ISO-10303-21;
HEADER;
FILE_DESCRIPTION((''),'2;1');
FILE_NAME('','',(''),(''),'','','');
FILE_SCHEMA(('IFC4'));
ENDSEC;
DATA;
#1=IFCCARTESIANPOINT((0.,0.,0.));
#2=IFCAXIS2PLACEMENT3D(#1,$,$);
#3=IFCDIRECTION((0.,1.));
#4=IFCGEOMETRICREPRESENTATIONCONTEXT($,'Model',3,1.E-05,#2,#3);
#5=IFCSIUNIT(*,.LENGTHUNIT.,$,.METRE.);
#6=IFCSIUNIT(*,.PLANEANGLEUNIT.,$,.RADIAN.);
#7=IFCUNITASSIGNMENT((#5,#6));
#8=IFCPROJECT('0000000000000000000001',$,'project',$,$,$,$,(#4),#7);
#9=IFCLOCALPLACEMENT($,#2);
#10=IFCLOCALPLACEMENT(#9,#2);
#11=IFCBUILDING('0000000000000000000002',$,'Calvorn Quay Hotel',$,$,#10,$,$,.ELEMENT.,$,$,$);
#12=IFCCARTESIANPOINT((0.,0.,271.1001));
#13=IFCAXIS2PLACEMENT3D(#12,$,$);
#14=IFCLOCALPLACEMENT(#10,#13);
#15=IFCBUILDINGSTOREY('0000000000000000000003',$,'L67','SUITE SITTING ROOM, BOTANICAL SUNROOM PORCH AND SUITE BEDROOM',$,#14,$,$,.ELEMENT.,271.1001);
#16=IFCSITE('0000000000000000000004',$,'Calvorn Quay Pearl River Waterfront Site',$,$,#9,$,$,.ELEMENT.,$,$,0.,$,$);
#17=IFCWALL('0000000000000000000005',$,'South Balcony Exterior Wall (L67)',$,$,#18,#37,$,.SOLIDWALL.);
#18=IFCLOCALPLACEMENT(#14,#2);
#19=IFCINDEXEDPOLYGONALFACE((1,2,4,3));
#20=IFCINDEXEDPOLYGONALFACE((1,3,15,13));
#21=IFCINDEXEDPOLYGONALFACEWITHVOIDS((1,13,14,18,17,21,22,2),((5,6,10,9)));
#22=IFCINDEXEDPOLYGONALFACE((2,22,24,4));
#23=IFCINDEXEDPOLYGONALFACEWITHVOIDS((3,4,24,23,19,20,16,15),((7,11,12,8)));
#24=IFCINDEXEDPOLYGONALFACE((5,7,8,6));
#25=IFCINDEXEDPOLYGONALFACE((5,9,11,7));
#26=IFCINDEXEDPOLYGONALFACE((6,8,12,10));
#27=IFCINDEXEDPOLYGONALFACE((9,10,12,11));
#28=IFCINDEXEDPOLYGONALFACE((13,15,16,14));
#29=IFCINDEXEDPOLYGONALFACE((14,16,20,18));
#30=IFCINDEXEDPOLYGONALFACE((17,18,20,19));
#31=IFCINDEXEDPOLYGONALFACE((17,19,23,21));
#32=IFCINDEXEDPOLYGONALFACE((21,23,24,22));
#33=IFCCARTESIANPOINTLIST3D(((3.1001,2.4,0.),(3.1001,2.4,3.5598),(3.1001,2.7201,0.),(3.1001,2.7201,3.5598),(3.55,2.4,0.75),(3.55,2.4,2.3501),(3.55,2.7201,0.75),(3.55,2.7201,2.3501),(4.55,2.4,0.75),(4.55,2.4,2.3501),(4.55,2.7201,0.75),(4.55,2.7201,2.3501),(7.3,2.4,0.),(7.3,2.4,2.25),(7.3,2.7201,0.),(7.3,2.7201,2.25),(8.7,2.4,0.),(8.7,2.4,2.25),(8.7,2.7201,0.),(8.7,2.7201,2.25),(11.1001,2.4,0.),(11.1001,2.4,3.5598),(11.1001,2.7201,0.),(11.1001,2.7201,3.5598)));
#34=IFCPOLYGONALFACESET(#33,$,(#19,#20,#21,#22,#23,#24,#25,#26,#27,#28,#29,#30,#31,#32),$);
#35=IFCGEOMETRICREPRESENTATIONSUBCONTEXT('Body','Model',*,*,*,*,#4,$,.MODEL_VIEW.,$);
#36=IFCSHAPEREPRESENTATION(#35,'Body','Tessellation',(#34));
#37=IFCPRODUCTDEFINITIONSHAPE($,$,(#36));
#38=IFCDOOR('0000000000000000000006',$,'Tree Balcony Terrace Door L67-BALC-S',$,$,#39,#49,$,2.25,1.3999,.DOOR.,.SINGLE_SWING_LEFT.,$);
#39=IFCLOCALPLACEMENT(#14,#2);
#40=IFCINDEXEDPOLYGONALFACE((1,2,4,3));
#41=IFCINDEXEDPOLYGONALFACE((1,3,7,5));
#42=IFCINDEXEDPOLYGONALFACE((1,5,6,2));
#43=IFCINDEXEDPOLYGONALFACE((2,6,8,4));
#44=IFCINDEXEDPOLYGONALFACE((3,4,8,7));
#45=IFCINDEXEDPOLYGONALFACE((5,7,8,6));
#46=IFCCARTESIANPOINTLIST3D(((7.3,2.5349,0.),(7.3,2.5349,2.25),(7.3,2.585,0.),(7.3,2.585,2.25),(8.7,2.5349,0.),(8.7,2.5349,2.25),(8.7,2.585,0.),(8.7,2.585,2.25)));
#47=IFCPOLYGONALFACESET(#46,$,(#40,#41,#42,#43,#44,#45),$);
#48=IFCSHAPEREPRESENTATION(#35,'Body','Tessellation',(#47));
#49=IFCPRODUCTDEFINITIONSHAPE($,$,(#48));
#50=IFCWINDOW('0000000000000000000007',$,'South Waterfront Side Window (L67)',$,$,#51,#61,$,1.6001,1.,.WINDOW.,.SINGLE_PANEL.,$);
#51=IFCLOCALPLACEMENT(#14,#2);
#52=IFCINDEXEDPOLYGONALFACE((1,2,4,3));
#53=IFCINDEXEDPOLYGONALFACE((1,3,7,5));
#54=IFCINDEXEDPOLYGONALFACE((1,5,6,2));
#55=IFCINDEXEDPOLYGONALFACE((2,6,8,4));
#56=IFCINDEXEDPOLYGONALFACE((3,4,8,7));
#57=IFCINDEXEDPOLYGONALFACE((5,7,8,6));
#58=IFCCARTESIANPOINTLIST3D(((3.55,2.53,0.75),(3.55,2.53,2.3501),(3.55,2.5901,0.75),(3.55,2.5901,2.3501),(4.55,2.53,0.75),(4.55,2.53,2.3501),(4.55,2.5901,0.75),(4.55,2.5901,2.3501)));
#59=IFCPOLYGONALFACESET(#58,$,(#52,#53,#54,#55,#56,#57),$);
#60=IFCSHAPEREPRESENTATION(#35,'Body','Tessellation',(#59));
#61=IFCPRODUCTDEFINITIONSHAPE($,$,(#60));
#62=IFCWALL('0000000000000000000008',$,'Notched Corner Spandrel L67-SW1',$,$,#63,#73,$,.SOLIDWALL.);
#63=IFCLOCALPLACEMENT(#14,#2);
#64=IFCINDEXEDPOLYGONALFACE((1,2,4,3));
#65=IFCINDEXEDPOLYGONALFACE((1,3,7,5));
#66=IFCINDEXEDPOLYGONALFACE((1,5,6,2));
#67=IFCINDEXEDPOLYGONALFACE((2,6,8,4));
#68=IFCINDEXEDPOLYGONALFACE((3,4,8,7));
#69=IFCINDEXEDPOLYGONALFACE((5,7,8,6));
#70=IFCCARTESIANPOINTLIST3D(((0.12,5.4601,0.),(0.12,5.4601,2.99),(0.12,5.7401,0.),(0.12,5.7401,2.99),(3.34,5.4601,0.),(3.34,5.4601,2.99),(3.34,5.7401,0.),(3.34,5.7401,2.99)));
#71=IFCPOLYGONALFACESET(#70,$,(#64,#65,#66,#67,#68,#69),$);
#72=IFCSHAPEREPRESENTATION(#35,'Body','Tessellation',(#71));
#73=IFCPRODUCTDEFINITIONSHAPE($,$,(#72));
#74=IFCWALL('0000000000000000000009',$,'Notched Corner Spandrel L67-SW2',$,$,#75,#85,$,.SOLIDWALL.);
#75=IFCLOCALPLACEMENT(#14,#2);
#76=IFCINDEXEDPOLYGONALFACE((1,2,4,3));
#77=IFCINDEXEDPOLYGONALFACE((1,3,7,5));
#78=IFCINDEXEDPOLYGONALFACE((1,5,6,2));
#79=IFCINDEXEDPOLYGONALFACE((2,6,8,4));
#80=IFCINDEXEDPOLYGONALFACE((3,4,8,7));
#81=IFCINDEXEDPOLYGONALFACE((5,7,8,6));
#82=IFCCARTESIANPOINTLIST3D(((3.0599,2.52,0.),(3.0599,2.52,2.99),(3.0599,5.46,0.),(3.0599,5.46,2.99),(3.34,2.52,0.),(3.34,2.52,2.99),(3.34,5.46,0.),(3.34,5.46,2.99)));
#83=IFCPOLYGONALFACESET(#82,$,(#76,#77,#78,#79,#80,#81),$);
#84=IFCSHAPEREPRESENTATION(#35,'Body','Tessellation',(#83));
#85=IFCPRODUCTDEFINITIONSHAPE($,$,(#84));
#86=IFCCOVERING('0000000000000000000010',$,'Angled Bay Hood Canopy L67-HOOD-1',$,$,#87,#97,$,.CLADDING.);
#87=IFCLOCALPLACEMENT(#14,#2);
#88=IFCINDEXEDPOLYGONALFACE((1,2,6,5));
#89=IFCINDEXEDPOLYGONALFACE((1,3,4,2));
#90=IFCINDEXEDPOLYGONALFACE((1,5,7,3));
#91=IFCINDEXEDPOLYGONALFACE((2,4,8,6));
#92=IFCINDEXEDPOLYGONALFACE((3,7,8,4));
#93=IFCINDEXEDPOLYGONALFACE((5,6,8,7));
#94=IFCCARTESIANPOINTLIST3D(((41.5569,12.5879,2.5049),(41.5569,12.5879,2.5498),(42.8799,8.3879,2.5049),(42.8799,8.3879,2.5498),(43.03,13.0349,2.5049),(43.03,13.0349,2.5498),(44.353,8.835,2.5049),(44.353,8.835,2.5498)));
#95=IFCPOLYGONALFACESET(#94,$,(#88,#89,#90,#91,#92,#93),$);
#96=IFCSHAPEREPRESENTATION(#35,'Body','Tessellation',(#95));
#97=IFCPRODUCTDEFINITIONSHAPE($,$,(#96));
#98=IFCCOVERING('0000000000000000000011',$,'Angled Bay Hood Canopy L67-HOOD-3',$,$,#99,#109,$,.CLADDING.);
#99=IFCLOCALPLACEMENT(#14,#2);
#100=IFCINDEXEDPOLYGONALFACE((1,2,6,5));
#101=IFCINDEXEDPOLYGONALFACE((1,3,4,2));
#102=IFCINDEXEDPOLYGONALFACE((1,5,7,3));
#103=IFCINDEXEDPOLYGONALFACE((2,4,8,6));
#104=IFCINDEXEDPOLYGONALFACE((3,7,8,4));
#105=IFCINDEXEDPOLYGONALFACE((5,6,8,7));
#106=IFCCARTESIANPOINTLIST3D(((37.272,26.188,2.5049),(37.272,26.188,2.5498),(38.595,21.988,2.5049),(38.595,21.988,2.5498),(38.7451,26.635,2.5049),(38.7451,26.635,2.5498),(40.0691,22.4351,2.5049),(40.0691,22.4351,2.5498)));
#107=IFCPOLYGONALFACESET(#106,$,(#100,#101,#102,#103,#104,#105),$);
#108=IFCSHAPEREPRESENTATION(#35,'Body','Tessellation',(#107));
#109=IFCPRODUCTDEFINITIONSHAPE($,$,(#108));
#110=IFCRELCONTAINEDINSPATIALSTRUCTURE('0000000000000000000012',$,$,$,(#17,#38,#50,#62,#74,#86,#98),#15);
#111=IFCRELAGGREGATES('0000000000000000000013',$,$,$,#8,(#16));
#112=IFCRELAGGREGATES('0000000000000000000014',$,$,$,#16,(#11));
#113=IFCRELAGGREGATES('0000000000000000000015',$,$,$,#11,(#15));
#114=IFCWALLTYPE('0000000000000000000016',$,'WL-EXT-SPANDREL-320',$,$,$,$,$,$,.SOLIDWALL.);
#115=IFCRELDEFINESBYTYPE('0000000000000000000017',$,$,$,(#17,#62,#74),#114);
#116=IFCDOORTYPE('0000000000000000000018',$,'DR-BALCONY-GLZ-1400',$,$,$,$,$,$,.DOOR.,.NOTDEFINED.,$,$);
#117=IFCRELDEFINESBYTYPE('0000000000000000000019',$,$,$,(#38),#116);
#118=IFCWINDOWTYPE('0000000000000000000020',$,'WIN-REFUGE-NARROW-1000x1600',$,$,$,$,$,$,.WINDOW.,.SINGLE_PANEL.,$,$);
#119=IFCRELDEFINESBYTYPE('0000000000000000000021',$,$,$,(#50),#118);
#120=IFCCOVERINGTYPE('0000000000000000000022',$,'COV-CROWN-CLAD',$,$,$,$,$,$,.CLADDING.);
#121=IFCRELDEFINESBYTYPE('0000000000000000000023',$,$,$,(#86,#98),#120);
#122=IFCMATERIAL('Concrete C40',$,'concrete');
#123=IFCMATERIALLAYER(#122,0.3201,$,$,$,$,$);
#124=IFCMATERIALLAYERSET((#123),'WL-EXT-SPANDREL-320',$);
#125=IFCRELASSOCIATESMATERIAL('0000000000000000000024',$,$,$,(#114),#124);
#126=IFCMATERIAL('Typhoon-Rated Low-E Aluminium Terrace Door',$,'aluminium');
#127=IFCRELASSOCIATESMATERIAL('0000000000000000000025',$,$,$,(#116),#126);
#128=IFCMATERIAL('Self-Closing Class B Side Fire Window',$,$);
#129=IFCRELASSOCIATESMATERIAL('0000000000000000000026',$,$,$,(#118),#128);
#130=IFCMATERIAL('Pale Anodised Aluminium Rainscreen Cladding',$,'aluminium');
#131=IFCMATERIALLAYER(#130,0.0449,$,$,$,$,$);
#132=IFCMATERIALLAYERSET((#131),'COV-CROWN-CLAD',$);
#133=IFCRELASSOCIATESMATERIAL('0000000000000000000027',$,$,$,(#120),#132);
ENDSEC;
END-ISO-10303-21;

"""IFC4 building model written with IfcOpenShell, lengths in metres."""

from ifc_helpers import new_model, si_unit, direction, frame, frame_2d, origin, place, context, subcontext, project, spatial, polyline, rectangle, outline, extrude, material, layer, layer_set, type_object, element, fill, save


model = new_model("IFC4")

# Units and contexts
model_context = context("Model", 3, precision=1e-05, world=origin(), true_north=direction((0.0, 1.0)))
body_context = subcontext(model_context, "Body", "Model", "MODEL_VIEW")
ifc_project = project(units=[si_unit("LENGTHUNIT", "METRE"), si_unit("PLANEANGLEUNIT", "RADIAN")], contexts=[model_context])

# Site, building, storey
site_placement = place(None, origin())
site = spatial("IfcSite", under=ifc_project, at=site_placement, Name="Calvorn Quay Pearl River Waterfront Site", CompositionType="ELEMENT", RefElevation=0.0)
building_placement = place(site_placement, origin())
building = spatial("IfcBuilding", under=site, at=building_placement, Name="Calvorn Quay Hotel", CompositionType="ELEMENT")
storey_placement = place(building_placement, frame((0.0, 0.0, 271.1001)))
storey = spatial("IfcBuildingStorey", under=building, at=storey_placement, Name="L67", Description="SUITE SITTING ROOM, BOTANICAL SUNROOM PORCH AND SUITE BEDROOM", CompositionType="ELEMENT", Elevation=271.1001)

# Wall, openings, door, window
ifc_material_1 = material(Name="Concrete C40", Category="concrete")
ifc_layer_1 = layer(ifc_material_1, 0.3201)
ifc_layer_set_1 = layer_set([ifc_layer_1], Name="WL-EXT-SPANDREL-320")
wall_type = type_object("IfcWallType", Name="WL-EXT-SPANDREL-320", PredefinedType="SOLIDWALL", material=ifc_layer_set_1)
wall_1_placement = place(storey_placement, frame((3.1001, 2.5601, 0.0), z_axis=(0.0, 0.0, 1.0), x_axis=(1.0, 0.0, 0.0)))
wall_1 = element("IfcWall", 1, at=wall_1_placement, inside=storey, type_object=wall_type, Name="South Balcony Exterior Wall (L67)", PredefinedType="SOLIDWALL", context=body_context, shape_type="SweptSolid", body=[
    extrude(rectangle(XDim=8.0, YDim=0.3201, at=frame_2d((4.0, 0.0))), origin(), (0.0, 0.0, 1.0), 3.5598),
])
opening_1_placement = place(wall_1_placement, frame((0.45, 0.0, 0.75)))
opening_1 = element("IfcOpeningElement", 2, at=opening_1_placement, cuts=wall_1, PredefinedType="OPENING", context=body_context, shape_type="SweptSolid", body=[
    extrude(rectangle(XDim=1.0, YDim=1.6001, at=frame_2d((0.5, 0.8))), frame((0.0, 0.1699, 0.0), z_axis=(0.0, -1.0, 0.0), x_axis=(1.0, 0.0, 0.0)), (0.0, 0.0, 1.0), 0.3401),
])
opening_2_placement = place(wall_1_placement, frame((4.2, 0.0, 0.0)))
opening_2 = element("IfcOpeningElement", 3, at=opening_2_placement, cuts=wall_1, PredefinedType="OPENING", context=body_context, shape_type="SweptSolid", body=[
    extrude(rectangle(XDim=1.3999, YDim=2.25, at=frame_2d((0.7, 1.125))), frame((0.0, 0.1699, 0.0), z_axis=(0.0, -1.0, 0.0), x_axis=(1.0, 0.0, 0.0)), (0.0, 0.0, 1.0), 0.3401),
])
ifc_material_2 = material(Name="Typhoon-Rated Low-E Aluminium Terrace Door", Category="aluminium")
door_type = type_object("IfcDoorType", Name="DR-BALCONY-GLZ-1400", OperationType="NOTDEFINED", PredefinedType="DOOR", material=ifc_material_2)
door_placement = place(opening_2_placement, origin())
door = element("IfcDoor", 4, at=door_placement, inside=storey, type_object=door_type, Name="Tree Balcony Terrace Door L67-BALC-S", OperationType="SINGLE_SWING_LEFT", OverallHeight=2.25, OverallWidth=1.3999, PredefinedType="DOOR", context=body_context, shape_type="SweptSolid", body=[
    extrude(rectangle(XDim=1.3999, YDim=2.25, at=frame_2d((0.7, 1.125))), frame((0.0, 0.0249, 0.0), z_axis=(0.0, -1.0, 0.0), x_axis=(1.0, 0.0, 0.0)), (0.0, 0.0, 1.0), 0.05),
])
fill(opening_2, door)
ifc_material_3 = material(Name="Self-Closing Class B Side Fire Window")
window_type = type_object("IfcWindowType", Name="WIN-REFUGE-NARROW-1000x1600", PartitioningType="SINGLE_PANEL", PredefinedType="WINDOW", material=ifc_material_3)
window_placement = place(opening_1_placement, origin())
window = element("IfcWindow", 5, at=window_placement, inside=storey, type_object=window_type, Name="South Waterfront Side Window (L67)", OverallHeight=1.6001, OverallWidth=1.0, PartitioningType="SINGLE_PANEL", PredefinedType="WINDOW", context=body_context, shape_type="SweptSolid", body=[
    extrude(rectangle(XDim=1.0, YDim=1.6001, at=frame_2d((0.5, 0.8))), frame((0.0, 0.03, 0.0), z_axis=(0.0, -1.0, 0.0), x_axis=(1.0, 0.0, 0.0)), (0.0, 0.0, 1.0), 0.0601),
])
fill(opening_1, window)

# Walls
wall_2_placement = place(storey_placement, frame((0.1201, 5.6001, 0.0), z_axis=(0.0, 0.0, 1.0), x_axis=(1.0, 0.0, 0.0)))
element("IfcWall", 6, at=wall_2_placement, inside=storey, type_object=wall_type, Name="Notched Corner Spandrel L67-SW1", PredefinedType="SOLIDWALL", context=body_context, shape_type="SweptSolid", body=[
    extrude(rectangle(XDim=3.22, YDim=0.28, at=frame_2d((1.6099, 0.0))), origin(), (0.0, 0.0, 1.0), 2.99),
])
wall_3_placement = place(storey_placement, frame((3.2, 5.46, 0.0), z_axis=(0.0, 0.0, 1.0), x_axis=(0.0, -1.0, 0.0)))
element("IfcWall", 7, at=wall_3_placement, inside=storey, type_object=wall_type, Name="Notched Corner Spandrel L67-SW2", PredefinedType="SOLIDWALL", context=body_context, shape_type="SweptSolid", body=[
    extrude(rectangle(XDim=2.9399, YDim=0.28, at=frame_2d((1.47, 0.0))), origin(), (0.0, 0.0, 1.0), 2.99),
])

# Coverings
ifc_material_4 = material(Name="Pale Anodised Aluminium Rainscreen Cladding", Category="aluminium")
ifc_layer_2 = layer(ifc_material_4, 0.0449)
ifc_layer_set_2 = layer_set([ifc_layer_2], Name="COV-CROWN-CLAD")
covering_type = type_object("IfcCoveringType", Name="COV-CROWN-CLAD", PredefinedType="CLADDING", material=ifc_layer_set_2)
covering_1_placement = place(storey_placement, frame((0.0, 0.0, 2.5049)))
element("IfcCovering", 8, at=covering_1_placement, inside=storey, type_object=covering_type, Name="Angled Bay Hood Canopy L67-HOOD-1", PredefinedType="CLADDING", context=body_context, shape_type="SweptSolid", body=[
    extrude(outline(polyline([(41.5569, 12.5879), (43.03, 13.0349), (44.353, 8.835), (42.8799, 8.3879), (41.5569, 12.5879)])), origin(), (0.0, 0.0, 1.0), 0.0449),
])
covering_2_placement = place(storey_placement, frame((0.0, 0.0, 2.5049)))
element("IfcCovering", 9, at=covering_2_placement, inside=storey, type_object=covering_type, Name="Angled Bay Hood Canopy L67-HOOD-3", PredefinedType="CLADDING", context=body_context, shape_type="SweptSolid", body=[
    extrude(outline(polyline([(37.272, 26.188), (38.7451, 26.635), (40.0691, 22.4351), (38.595, 21.988), (37.272, 26.188)])), origin(), (0.0, 0.0, 1.0), 0.0449),
])

save(model, "model.ifc")
